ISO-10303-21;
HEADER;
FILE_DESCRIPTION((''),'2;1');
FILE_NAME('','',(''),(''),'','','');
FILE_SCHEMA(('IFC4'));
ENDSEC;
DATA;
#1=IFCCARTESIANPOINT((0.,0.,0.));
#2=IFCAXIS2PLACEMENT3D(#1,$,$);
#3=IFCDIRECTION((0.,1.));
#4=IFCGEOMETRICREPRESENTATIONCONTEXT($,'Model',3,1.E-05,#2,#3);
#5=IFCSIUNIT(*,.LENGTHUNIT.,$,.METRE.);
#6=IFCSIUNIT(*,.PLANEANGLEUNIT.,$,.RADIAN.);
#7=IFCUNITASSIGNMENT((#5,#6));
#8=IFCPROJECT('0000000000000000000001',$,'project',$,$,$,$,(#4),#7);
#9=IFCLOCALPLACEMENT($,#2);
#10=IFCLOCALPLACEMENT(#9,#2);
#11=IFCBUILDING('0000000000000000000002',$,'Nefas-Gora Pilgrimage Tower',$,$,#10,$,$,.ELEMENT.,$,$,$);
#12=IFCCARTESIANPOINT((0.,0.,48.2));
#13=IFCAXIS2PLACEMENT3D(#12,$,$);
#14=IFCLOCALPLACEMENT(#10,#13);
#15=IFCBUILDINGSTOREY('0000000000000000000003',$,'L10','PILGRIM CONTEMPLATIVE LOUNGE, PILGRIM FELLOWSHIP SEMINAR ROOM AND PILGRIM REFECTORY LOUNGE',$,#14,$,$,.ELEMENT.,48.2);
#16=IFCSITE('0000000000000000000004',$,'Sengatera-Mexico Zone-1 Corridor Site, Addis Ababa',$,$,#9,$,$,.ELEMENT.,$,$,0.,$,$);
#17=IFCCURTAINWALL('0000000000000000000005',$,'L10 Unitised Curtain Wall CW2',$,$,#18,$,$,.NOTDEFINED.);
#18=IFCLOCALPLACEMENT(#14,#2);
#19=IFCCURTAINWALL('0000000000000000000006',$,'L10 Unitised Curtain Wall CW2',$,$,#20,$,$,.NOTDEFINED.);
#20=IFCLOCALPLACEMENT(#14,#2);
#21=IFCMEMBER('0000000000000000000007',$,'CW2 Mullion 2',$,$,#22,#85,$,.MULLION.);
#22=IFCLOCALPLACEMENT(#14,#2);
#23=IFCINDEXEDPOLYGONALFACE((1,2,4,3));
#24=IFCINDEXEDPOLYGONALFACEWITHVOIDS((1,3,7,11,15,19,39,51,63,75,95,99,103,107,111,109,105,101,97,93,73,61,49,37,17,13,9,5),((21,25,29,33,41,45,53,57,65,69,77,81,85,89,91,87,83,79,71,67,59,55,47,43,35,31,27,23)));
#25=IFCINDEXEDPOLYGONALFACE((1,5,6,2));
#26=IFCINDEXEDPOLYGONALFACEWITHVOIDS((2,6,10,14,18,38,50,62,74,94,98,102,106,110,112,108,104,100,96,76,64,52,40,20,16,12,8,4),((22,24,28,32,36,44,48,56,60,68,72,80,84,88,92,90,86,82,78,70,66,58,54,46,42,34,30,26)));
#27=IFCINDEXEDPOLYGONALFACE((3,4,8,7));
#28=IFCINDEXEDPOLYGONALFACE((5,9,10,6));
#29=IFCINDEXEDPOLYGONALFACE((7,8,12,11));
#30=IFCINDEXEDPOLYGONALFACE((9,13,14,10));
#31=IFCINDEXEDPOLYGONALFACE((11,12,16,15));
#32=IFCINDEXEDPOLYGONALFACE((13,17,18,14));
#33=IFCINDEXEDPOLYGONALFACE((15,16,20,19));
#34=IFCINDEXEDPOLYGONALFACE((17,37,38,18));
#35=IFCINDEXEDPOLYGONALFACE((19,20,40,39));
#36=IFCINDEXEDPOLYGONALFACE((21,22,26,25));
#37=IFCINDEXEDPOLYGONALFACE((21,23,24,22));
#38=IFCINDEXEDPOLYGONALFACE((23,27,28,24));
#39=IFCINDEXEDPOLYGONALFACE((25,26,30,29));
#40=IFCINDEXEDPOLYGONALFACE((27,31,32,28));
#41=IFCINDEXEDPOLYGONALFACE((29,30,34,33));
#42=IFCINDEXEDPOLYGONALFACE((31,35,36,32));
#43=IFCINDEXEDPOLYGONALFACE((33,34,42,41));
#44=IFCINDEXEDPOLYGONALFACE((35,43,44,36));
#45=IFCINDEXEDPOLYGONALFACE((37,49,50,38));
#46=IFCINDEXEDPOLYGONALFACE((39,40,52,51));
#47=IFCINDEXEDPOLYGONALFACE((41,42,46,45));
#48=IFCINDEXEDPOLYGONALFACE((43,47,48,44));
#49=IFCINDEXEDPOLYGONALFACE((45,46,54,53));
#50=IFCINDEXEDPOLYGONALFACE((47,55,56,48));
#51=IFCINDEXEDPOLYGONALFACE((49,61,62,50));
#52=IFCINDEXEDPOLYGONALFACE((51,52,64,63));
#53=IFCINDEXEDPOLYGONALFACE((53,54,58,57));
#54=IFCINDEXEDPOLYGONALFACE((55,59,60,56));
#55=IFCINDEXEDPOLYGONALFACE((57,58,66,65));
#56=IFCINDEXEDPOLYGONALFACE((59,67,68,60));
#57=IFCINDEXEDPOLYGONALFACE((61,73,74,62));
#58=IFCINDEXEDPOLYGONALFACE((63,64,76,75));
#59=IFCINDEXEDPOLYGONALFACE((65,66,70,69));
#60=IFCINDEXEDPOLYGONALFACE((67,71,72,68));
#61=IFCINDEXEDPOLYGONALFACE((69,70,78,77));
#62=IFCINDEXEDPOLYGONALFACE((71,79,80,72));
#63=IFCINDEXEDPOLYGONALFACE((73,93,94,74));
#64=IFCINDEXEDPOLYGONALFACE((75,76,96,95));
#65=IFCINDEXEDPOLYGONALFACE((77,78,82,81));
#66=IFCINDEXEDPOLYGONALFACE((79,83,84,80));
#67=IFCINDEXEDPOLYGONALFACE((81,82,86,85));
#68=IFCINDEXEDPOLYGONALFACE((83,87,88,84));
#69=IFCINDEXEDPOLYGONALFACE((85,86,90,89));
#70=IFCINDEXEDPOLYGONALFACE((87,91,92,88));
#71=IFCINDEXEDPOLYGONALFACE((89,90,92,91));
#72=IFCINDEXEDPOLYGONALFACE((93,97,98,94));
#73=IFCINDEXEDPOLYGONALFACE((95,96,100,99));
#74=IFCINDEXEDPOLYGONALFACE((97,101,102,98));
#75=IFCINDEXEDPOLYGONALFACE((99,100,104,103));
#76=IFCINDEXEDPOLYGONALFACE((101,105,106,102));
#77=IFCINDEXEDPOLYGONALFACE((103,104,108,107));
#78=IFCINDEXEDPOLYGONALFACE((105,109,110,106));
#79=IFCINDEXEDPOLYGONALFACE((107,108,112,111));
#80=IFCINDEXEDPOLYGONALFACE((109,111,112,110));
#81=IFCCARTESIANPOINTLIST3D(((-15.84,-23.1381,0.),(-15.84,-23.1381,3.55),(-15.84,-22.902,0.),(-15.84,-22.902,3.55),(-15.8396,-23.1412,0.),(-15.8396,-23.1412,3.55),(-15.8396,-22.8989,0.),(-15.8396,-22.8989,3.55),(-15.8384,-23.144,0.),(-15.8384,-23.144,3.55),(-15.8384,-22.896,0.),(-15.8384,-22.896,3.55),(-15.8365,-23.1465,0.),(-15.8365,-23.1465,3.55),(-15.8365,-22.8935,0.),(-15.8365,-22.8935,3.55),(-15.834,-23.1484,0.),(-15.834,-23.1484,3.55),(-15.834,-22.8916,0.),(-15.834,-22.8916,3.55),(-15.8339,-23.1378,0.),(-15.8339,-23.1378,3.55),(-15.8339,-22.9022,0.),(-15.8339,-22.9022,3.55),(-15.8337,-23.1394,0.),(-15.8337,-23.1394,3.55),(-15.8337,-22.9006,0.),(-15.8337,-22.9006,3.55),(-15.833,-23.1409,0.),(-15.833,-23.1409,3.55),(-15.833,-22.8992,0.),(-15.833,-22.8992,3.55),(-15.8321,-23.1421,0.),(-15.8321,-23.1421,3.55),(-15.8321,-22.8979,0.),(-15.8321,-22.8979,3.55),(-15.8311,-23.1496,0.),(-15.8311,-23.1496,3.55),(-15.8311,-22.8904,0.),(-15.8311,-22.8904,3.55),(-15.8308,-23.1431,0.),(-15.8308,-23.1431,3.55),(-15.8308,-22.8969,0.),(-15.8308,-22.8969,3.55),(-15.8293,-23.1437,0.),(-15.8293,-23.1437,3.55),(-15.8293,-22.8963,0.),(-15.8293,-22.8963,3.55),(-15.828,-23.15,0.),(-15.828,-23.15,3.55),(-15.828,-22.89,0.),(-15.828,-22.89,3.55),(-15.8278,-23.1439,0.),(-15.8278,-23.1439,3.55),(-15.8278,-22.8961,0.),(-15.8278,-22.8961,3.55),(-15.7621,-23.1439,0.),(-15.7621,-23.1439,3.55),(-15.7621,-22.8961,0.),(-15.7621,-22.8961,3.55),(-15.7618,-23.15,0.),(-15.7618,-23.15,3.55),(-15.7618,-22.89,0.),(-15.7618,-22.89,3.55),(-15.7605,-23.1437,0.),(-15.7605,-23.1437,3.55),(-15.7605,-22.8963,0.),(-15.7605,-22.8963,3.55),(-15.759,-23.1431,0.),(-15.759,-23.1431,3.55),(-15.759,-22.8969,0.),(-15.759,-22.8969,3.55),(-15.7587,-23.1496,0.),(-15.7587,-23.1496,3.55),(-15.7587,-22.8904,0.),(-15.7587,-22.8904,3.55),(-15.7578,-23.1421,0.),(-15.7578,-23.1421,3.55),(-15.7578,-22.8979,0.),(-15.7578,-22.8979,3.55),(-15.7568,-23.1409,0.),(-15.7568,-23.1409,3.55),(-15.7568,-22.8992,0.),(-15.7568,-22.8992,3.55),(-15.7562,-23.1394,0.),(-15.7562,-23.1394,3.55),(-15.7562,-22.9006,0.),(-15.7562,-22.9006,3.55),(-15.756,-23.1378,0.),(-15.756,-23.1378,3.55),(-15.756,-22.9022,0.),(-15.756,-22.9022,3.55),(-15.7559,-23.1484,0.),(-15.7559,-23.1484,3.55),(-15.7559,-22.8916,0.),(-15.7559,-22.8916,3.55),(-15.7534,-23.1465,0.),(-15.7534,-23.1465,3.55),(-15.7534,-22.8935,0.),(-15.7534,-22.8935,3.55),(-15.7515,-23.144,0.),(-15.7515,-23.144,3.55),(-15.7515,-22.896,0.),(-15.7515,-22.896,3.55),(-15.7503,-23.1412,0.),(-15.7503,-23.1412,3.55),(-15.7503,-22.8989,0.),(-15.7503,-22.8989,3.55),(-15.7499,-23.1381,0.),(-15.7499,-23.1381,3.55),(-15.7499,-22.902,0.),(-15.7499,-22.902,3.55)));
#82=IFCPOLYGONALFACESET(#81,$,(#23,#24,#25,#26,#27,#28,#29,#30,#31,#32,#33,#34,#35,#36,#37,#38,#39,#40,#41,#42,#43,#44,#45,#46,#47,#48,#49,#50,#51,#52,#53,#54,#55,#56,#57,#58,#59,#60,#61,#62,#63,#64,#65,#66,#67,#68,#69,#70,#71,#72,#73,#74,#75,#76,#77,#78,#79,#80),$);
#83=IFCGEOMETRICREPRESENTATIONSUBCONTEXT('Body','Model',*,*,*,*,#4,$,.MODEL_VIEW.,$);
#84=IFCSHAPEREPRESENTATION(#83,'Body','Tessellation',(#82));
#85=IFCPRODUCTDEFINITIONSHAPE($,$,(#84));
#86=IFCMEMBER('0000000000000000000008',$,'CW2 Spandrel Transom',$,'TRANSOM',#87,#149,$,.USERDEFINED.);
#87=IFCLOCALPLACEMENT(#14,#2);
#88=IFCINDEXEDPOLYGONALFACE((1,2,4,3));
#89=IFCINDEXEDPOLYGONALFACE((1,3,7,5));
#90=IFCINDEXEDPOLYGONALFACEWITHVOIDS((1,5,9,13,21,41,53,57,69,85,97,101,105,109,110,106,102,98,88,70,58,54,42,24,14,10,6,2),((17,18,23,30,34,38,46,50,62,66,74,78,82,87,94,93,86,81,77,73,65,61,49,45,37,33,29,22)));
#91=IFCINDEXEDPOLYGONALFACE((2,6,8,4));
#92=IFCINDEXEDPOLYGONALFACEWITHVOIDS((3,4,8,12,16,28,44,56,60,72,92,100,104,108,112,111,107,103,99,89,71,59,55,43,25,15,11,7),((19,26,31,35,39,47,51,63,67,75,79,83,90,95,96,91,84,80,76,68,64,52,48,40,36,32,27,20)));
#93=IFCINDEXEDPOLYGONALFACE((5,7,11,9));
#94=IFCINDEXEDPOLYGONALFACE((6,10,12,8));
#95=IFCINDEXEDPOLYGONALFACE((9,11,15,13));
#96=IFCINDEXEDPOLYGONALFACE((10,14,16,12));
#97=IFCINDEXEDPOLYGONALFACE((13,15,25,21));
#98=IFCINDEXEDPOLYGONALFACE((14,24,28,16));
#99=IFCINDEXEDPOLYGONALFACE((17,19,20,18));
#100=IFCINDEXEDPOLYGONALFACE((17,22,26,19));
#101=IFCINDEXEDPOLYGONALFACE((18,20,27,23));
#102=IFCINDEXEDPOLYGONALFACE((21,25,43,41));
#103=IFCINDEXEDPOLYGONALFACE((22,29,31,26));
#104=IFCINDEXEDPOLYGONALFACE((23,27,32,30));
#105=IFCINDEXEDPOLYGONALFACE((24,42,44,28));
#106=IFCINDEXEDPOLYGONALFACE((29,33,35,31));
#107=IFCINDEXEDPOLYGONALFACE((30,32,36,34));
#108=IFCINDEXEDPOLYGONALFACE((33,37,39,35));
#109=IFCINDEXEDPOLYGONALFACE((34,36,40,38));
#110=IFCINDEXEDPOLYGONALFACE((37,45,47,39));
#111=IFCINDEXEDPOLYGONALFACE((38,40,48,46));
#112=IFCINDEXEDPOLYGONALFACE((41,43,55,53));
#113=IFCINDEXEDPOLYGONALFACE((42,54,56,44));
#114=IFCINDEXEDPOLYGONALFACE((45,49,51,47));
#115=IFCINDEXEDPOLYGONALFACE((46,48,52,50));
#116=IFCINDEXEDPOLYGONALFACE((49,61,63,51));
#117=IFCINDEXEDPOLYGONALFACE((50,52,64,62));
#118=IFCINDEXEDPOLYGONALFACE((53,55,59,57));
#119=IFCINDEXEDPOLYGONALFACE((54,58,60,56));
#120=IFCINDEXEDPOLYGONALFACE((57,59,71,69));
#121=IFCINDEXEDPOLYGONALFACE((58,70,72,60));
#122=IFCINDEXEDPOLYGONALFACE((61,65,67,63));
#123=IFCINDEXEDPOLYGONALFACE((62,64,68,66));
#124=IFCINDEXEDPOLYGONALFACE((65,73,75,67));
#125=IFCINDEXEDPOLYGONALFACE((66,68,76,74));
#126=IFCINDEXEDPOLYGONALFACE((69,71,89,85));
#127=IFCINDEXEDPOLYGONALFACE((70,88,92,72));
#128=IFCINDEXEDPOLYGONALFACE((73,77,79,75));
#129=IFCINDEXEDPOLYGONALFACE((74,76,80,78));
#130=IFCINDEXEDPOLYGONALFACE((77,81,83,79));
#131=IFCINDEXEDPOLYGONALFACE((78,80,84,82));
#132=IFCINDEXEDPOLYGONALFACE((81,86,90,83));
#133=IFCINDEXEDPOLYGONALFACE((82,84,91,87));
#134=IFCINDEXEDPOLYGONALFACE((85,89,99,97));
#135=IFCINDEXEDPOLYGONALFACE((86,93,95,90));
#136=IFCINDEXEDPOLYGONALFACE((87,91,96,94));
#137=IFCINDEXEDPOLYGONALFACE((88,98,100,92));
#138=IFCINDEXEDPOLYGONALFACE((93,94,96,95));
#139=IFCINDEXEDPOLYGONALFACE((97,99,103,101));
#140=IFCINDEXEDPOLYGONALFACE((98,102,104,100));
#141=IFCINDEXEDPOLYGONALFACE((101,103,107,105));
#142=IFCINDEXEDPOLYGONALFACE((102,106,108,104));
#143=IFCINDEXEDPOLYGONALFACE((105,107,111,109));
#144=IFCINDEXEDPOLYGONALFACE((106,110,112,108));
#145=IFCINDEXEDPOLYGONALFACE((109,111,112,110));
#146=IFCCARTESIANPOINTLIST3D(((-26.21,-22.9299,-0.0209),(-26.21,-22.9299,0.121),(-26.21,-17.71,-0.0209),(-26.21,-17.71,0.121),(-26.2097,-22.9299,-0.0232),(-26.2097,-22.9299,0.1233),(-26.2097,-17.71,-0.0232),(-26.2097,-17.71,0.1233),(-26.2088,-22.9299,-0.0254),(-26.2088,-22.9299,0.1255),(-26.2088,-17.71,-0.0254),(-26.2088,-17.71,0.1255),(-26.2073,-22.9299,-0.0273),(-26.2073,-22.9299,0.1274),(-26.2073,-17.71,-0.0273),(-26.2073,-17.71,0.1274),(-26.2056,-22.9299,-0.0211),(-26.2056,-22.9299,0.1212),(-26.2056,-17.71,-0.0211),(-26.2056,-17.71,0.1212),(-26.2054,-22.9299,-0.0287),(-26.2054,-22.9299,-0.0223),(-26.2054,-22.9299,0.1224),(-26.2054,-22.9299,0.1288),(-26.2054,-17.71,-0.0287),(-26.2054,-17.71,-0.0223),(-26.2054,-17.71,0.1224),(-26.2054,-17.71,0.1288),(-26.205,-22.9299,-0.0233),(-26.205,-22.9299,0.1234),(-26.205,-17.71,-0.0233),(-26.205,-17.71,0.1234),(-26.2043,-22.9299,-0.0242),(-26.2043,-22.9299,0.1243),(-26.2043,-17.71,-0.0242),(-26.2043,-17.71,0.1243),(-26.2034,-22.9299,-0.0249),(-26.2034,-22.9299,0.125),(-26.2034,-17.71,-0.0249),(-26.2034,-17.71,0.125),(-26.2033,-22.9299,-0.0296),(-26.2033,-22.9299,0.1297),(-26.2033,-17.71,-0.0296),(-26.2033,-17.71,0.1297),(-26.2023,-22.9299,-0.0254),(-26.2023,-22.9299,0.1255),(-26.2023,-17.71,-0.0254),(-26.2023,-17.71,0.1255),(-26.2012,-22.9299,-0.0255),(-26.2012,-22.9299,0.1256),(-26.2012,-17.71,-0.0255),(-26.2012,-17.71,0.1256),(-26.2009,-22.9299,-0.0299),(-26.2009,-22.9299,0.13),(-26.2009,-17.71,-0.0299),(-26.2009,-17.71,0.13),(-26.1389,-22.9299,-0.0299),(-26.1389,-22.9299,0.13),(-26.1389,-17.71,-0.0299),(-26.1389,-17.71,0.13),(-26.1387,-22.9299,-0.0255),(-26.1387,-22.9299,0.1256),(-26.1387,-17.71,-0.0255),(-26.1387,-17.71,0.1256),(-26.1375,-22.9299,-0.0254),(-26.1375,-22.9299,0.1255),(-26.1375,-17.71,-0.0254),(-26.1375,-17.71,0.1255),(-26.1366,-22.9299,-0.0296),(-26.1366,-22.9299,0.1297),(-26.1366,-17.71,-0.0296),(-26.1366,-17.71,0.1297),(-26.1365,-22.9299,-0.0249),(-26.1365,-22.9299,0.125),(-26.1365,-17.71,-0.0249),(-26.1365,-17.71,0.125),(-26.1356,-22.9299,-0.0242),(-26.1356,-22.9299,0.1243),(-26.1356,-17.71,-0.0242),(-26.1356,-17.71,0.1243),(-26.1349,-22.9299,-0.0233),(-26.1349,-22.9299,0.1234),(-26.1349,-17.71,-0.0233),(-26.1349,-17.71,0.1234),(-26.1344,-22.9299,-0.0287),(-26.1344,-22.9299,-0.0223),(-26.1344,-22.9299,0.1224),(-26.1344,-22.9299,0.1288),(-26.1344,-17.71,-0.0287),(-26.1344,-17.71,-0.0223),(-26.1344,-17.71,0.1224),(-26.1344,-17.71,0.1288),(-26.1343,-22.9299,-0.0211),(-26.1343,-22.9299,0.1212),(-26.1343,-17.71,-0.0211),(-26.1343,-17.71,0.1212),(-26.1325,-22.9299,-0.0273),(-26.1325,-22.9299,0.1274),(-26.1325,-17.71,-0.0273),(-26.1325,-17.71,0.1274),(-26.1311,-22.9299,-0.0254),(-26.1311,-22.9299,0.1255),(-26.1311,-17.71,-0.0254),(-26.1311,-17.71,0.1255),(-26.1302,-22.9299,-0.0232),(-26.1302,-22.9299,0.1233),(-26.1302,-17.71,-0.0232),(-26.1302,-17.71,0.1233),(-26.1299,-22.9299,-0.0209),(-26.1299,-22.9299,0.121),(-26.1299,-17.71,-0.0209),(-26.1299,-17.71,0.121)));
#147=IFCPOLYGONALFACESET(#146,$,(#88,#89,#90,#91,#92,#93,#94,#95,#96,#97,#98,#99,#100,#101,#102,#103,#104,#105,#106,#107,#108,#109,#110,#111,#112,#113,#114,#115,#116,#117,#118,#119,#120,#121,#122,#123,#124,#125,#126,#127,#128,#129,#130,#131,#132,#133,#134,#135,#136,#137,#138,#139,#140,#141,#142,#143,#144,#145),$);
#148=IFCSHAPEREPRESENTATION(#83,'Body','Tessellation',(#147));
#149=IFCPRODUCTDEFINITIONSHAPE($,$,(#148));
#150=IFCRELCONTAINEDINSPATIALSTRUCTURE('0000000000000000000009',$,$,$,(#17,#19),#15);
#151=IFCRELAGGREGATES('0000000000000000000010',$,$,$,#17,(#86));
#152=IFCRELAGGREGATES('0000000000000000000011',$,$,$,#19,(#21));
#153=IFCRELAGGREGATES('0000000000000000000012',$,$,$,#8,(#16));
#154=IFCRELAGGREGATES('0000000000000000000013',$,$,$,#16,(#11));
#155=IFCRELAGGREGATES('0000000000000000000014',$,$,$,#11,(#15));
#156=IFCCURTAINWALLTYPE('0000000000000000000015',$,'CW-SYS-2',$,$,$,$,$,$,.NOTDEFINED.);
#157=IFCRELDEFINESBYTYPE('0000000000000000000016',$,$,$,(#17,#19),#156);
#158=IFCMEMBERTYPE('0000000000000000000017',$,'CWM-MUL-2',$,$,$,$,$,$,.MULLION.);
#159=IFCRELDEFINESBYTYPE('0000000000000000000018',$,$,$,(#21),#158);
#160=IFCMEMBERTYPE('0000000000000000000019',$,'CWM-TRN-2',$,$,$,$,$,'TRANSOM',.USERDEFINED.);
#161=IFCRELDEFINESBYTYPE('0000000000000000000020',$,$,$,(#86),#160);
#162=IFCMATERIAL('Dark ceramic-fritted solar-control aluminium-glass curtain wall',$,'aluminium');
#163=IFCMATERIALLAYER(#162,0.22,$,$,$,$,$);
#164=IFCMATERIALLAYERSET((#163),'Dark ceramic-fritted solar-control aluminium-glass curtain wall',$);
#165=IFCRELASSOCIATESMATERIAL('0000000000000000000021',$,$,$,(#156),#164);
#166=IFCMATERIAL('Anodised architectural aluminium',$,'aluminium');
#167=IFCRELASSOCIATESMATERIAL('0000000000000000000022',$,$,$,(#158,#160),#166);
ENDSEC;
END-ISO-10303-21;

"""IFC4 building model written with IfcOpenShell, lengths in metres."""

from ifc_helpers import new_model, si_unit, direction, frame, origin, origin_2d, place, context, subcontext, project, spatial, hollow_rectangle, extrude, source, transform, mapped, material, layer, layer_set, material_profile, profile_set, type_object, element, aggregate, save


model = new_model("IFC4")

# Units and contexts
model_context = context("Model", 3, precision=1e-05, world=origin(), true_north=direction((0.0, 1.0)))
body_context = subcontext(model_context, "Body", "Model", "MODEL_VIEW")
ifc_project = project(units=[si_unit("LENGTHUNIT", "METRE"), si_unit("PLANEANGLEUNIT", "RADIAN")], contexts=[model_context])

# Site, building, storey
site_placement = place(None, origin())
site = spatial("IfcSite", under=ifc_project, at=site_placement, Name="Sengatera-Mexico Zone-1 Corridor Site, Addis Ababa", CompositionType="ELEMENT", RefElevation=0.0)
building_placement = place(site_placement, origin())
building = spatial("IfcBuilding", under=site, at=building_placement, Name="Nefas-Gora Pilgrimage Tower", CompositionType="ELEMENT")
storey_placement = place(building_placement, frame((0.0, 0.0, 48.2)))
storey = spatial("IfcBuildingStorey", under=building, at=storey_placement, Name="L10", Description="PILGRIM CONTEMPLATIVE LOUNGE, PILGRIM FELLOWSHIP SEMINAR ROOM AND PILGRIM REFECTORY LOUNGE", CompositionType="ELEMENT", Elevation=48.2)

# Shared definitions
ifc_material_1 = material(Name="Dark ceramic-fritted solar-control aluminium-glass curtain wall", Category="aluminium")
ifc_material_2 = material(Name="Anodised architectural aluminium", Category="aluminium")

# Shared definitions
ifc_layer_1 = layer(ifc_material_1, 0.22)
ifc_layer_set_1 = layer_set([ifc_layer_1], Name="Dark ceramic-fritted solar-control aluminium-glass curtain wall")
curtain_wall_type_1 = type_object("IfcCurtainWallType", Name="CW-SYS-2", PredefinedType="NOTDEFINED", material=ifc_layer_set_1)
ifc_material_profile_1 = material_profile(ifc_material_2, hollow_rectangle(XDim=0.0901, YDim=0.26, WallThickness=0.0061, InnerFilletRadius=0.0061, OuterFilletRadius=0.012, at=origin_2d()), Name="ALU MULLION 90x260")
ifc_profile_set_1 = profile_set([ifc_material_profile_1], Name="Anodised architectural aluminium")
member_type_1 = type_object("IfcMemberType", Name="CWM-MUL-2", PredefinedType="MULLION", material=ifc_profile_set_1)
shared_shape_1 = source(origin(), body_context, "Body", "SweptSolid", [
    extrude(hollow_rectangle(XDim=0.0901, YDim=0.26, WallThickness=0.0061, InnerFilletRadius=0.0061, OuterFilletRadius=0.012, at=origin_2d()), origin(), (0.0, 0.0, 1.0), 3.55),
])

# Curtain walls, member
curtain_wall_1_placement = place(storey_placement, origin())
curtain_wall_1 = element("IfcCurtainWall", 1, at=curtain_wall_1_placement, inside=storey, type_object=curtain_wall_type_1, Name="L10 Unitised Curtain Wall CW2", PredefinedType="NOTDEFINED")
curtain_wall_2_placement = place(storey_placement, origin())
curtain_wall_2 = element("IfcCurtainWall", 2, at=curtain_wall_2_placement, inside=storey, type_object=curtain_wall_type_1, Name="L10 Unitised Curtain Wall CW2", PredefinedType="NOTDEFINED")
member_1_placement = place(storey_placement, frame((-15.7949, -23.02, 0.0), z_axis=(0.0, 0.0, 1.0), x_axis=(1.0, 0.0, 0.0)))
member_1 = element("IfcMember", 3, at=member_1_placement, type_object=member_type_1, Name="CW2 Mullion 2", PredefinedType="MULLION", context=body_context, shape_type="MappedRepresentation", body=[
    mapped(shared_shape_1, transform((0.0, 0.0, 0.0), x_axis=(1.0, 0.0, 0.0), y_axis=(0.0, 1.0, 0.0), z_axis=(0.0, 0.0, 1.0), scale=1.0)),
])

# Member
ifc_material_profile_2 = material_profile(ifc_material_2, hollow_rectangle(XDim=0.0801, YDim=0.1599, WallThickness=0.0044, InnerFilletRadius=0.0044, OuterFilletRadius=0.009, at=origin_2d()), Name="ALU TRANSOM 80x160")
ifc_profile_set_2 = profile_set([ifc_material_profile_2], Name="Anodised architectural aluminium")
member_type_2 = type_object("IfcMemberType", Name="CWM-TRN-2", ElementType="TRANSOM", PredefinedType="USERDEFINED", material=ifc_profile_set_2)
shared_shape_2 = source(origin(), body_context, "Body", "SweptSolid", [
    extrude(hollow_rectangle(XDim=0.0801, YDim=0.1599, WallThickness=0.0044, InnerFilletRadius=0.0044, OuterFilletRadius=0.009, at=origin_2d()), origin(), (0.0, 0.0, 1.0), 5.22),
])
member_2_placement = place(storey_placement, frame((-26.1699, -17.71, 0.05), z_axis=(0.0, -1.0, 0.0), x_axis=(1.0, 0.0, 0.0)))
member_2 = element("IfcMember", 4, at=member_2_placement, type_object=member_type_2, Name="CW2 Spandrel Transom", ObjectType="TRANSOM", PredefinedType="USERDEFINED", context=body_context, shape_type="MappedRepresentation", body=[
    mapped(shared_shape_2, transform((0.0, 0.0, 0.0), x_axis=(1.0, 0.0, 0.0), y_axis=(0.0, 1.0, 0.0), z_axis=(0.0, 0.0, 1.0), scale=1.0)),
])

aggregate(curtain_wall_1, [member_2])
aggregate(curtain_wall_2, [member_1])

save(model, "model.ifc")
